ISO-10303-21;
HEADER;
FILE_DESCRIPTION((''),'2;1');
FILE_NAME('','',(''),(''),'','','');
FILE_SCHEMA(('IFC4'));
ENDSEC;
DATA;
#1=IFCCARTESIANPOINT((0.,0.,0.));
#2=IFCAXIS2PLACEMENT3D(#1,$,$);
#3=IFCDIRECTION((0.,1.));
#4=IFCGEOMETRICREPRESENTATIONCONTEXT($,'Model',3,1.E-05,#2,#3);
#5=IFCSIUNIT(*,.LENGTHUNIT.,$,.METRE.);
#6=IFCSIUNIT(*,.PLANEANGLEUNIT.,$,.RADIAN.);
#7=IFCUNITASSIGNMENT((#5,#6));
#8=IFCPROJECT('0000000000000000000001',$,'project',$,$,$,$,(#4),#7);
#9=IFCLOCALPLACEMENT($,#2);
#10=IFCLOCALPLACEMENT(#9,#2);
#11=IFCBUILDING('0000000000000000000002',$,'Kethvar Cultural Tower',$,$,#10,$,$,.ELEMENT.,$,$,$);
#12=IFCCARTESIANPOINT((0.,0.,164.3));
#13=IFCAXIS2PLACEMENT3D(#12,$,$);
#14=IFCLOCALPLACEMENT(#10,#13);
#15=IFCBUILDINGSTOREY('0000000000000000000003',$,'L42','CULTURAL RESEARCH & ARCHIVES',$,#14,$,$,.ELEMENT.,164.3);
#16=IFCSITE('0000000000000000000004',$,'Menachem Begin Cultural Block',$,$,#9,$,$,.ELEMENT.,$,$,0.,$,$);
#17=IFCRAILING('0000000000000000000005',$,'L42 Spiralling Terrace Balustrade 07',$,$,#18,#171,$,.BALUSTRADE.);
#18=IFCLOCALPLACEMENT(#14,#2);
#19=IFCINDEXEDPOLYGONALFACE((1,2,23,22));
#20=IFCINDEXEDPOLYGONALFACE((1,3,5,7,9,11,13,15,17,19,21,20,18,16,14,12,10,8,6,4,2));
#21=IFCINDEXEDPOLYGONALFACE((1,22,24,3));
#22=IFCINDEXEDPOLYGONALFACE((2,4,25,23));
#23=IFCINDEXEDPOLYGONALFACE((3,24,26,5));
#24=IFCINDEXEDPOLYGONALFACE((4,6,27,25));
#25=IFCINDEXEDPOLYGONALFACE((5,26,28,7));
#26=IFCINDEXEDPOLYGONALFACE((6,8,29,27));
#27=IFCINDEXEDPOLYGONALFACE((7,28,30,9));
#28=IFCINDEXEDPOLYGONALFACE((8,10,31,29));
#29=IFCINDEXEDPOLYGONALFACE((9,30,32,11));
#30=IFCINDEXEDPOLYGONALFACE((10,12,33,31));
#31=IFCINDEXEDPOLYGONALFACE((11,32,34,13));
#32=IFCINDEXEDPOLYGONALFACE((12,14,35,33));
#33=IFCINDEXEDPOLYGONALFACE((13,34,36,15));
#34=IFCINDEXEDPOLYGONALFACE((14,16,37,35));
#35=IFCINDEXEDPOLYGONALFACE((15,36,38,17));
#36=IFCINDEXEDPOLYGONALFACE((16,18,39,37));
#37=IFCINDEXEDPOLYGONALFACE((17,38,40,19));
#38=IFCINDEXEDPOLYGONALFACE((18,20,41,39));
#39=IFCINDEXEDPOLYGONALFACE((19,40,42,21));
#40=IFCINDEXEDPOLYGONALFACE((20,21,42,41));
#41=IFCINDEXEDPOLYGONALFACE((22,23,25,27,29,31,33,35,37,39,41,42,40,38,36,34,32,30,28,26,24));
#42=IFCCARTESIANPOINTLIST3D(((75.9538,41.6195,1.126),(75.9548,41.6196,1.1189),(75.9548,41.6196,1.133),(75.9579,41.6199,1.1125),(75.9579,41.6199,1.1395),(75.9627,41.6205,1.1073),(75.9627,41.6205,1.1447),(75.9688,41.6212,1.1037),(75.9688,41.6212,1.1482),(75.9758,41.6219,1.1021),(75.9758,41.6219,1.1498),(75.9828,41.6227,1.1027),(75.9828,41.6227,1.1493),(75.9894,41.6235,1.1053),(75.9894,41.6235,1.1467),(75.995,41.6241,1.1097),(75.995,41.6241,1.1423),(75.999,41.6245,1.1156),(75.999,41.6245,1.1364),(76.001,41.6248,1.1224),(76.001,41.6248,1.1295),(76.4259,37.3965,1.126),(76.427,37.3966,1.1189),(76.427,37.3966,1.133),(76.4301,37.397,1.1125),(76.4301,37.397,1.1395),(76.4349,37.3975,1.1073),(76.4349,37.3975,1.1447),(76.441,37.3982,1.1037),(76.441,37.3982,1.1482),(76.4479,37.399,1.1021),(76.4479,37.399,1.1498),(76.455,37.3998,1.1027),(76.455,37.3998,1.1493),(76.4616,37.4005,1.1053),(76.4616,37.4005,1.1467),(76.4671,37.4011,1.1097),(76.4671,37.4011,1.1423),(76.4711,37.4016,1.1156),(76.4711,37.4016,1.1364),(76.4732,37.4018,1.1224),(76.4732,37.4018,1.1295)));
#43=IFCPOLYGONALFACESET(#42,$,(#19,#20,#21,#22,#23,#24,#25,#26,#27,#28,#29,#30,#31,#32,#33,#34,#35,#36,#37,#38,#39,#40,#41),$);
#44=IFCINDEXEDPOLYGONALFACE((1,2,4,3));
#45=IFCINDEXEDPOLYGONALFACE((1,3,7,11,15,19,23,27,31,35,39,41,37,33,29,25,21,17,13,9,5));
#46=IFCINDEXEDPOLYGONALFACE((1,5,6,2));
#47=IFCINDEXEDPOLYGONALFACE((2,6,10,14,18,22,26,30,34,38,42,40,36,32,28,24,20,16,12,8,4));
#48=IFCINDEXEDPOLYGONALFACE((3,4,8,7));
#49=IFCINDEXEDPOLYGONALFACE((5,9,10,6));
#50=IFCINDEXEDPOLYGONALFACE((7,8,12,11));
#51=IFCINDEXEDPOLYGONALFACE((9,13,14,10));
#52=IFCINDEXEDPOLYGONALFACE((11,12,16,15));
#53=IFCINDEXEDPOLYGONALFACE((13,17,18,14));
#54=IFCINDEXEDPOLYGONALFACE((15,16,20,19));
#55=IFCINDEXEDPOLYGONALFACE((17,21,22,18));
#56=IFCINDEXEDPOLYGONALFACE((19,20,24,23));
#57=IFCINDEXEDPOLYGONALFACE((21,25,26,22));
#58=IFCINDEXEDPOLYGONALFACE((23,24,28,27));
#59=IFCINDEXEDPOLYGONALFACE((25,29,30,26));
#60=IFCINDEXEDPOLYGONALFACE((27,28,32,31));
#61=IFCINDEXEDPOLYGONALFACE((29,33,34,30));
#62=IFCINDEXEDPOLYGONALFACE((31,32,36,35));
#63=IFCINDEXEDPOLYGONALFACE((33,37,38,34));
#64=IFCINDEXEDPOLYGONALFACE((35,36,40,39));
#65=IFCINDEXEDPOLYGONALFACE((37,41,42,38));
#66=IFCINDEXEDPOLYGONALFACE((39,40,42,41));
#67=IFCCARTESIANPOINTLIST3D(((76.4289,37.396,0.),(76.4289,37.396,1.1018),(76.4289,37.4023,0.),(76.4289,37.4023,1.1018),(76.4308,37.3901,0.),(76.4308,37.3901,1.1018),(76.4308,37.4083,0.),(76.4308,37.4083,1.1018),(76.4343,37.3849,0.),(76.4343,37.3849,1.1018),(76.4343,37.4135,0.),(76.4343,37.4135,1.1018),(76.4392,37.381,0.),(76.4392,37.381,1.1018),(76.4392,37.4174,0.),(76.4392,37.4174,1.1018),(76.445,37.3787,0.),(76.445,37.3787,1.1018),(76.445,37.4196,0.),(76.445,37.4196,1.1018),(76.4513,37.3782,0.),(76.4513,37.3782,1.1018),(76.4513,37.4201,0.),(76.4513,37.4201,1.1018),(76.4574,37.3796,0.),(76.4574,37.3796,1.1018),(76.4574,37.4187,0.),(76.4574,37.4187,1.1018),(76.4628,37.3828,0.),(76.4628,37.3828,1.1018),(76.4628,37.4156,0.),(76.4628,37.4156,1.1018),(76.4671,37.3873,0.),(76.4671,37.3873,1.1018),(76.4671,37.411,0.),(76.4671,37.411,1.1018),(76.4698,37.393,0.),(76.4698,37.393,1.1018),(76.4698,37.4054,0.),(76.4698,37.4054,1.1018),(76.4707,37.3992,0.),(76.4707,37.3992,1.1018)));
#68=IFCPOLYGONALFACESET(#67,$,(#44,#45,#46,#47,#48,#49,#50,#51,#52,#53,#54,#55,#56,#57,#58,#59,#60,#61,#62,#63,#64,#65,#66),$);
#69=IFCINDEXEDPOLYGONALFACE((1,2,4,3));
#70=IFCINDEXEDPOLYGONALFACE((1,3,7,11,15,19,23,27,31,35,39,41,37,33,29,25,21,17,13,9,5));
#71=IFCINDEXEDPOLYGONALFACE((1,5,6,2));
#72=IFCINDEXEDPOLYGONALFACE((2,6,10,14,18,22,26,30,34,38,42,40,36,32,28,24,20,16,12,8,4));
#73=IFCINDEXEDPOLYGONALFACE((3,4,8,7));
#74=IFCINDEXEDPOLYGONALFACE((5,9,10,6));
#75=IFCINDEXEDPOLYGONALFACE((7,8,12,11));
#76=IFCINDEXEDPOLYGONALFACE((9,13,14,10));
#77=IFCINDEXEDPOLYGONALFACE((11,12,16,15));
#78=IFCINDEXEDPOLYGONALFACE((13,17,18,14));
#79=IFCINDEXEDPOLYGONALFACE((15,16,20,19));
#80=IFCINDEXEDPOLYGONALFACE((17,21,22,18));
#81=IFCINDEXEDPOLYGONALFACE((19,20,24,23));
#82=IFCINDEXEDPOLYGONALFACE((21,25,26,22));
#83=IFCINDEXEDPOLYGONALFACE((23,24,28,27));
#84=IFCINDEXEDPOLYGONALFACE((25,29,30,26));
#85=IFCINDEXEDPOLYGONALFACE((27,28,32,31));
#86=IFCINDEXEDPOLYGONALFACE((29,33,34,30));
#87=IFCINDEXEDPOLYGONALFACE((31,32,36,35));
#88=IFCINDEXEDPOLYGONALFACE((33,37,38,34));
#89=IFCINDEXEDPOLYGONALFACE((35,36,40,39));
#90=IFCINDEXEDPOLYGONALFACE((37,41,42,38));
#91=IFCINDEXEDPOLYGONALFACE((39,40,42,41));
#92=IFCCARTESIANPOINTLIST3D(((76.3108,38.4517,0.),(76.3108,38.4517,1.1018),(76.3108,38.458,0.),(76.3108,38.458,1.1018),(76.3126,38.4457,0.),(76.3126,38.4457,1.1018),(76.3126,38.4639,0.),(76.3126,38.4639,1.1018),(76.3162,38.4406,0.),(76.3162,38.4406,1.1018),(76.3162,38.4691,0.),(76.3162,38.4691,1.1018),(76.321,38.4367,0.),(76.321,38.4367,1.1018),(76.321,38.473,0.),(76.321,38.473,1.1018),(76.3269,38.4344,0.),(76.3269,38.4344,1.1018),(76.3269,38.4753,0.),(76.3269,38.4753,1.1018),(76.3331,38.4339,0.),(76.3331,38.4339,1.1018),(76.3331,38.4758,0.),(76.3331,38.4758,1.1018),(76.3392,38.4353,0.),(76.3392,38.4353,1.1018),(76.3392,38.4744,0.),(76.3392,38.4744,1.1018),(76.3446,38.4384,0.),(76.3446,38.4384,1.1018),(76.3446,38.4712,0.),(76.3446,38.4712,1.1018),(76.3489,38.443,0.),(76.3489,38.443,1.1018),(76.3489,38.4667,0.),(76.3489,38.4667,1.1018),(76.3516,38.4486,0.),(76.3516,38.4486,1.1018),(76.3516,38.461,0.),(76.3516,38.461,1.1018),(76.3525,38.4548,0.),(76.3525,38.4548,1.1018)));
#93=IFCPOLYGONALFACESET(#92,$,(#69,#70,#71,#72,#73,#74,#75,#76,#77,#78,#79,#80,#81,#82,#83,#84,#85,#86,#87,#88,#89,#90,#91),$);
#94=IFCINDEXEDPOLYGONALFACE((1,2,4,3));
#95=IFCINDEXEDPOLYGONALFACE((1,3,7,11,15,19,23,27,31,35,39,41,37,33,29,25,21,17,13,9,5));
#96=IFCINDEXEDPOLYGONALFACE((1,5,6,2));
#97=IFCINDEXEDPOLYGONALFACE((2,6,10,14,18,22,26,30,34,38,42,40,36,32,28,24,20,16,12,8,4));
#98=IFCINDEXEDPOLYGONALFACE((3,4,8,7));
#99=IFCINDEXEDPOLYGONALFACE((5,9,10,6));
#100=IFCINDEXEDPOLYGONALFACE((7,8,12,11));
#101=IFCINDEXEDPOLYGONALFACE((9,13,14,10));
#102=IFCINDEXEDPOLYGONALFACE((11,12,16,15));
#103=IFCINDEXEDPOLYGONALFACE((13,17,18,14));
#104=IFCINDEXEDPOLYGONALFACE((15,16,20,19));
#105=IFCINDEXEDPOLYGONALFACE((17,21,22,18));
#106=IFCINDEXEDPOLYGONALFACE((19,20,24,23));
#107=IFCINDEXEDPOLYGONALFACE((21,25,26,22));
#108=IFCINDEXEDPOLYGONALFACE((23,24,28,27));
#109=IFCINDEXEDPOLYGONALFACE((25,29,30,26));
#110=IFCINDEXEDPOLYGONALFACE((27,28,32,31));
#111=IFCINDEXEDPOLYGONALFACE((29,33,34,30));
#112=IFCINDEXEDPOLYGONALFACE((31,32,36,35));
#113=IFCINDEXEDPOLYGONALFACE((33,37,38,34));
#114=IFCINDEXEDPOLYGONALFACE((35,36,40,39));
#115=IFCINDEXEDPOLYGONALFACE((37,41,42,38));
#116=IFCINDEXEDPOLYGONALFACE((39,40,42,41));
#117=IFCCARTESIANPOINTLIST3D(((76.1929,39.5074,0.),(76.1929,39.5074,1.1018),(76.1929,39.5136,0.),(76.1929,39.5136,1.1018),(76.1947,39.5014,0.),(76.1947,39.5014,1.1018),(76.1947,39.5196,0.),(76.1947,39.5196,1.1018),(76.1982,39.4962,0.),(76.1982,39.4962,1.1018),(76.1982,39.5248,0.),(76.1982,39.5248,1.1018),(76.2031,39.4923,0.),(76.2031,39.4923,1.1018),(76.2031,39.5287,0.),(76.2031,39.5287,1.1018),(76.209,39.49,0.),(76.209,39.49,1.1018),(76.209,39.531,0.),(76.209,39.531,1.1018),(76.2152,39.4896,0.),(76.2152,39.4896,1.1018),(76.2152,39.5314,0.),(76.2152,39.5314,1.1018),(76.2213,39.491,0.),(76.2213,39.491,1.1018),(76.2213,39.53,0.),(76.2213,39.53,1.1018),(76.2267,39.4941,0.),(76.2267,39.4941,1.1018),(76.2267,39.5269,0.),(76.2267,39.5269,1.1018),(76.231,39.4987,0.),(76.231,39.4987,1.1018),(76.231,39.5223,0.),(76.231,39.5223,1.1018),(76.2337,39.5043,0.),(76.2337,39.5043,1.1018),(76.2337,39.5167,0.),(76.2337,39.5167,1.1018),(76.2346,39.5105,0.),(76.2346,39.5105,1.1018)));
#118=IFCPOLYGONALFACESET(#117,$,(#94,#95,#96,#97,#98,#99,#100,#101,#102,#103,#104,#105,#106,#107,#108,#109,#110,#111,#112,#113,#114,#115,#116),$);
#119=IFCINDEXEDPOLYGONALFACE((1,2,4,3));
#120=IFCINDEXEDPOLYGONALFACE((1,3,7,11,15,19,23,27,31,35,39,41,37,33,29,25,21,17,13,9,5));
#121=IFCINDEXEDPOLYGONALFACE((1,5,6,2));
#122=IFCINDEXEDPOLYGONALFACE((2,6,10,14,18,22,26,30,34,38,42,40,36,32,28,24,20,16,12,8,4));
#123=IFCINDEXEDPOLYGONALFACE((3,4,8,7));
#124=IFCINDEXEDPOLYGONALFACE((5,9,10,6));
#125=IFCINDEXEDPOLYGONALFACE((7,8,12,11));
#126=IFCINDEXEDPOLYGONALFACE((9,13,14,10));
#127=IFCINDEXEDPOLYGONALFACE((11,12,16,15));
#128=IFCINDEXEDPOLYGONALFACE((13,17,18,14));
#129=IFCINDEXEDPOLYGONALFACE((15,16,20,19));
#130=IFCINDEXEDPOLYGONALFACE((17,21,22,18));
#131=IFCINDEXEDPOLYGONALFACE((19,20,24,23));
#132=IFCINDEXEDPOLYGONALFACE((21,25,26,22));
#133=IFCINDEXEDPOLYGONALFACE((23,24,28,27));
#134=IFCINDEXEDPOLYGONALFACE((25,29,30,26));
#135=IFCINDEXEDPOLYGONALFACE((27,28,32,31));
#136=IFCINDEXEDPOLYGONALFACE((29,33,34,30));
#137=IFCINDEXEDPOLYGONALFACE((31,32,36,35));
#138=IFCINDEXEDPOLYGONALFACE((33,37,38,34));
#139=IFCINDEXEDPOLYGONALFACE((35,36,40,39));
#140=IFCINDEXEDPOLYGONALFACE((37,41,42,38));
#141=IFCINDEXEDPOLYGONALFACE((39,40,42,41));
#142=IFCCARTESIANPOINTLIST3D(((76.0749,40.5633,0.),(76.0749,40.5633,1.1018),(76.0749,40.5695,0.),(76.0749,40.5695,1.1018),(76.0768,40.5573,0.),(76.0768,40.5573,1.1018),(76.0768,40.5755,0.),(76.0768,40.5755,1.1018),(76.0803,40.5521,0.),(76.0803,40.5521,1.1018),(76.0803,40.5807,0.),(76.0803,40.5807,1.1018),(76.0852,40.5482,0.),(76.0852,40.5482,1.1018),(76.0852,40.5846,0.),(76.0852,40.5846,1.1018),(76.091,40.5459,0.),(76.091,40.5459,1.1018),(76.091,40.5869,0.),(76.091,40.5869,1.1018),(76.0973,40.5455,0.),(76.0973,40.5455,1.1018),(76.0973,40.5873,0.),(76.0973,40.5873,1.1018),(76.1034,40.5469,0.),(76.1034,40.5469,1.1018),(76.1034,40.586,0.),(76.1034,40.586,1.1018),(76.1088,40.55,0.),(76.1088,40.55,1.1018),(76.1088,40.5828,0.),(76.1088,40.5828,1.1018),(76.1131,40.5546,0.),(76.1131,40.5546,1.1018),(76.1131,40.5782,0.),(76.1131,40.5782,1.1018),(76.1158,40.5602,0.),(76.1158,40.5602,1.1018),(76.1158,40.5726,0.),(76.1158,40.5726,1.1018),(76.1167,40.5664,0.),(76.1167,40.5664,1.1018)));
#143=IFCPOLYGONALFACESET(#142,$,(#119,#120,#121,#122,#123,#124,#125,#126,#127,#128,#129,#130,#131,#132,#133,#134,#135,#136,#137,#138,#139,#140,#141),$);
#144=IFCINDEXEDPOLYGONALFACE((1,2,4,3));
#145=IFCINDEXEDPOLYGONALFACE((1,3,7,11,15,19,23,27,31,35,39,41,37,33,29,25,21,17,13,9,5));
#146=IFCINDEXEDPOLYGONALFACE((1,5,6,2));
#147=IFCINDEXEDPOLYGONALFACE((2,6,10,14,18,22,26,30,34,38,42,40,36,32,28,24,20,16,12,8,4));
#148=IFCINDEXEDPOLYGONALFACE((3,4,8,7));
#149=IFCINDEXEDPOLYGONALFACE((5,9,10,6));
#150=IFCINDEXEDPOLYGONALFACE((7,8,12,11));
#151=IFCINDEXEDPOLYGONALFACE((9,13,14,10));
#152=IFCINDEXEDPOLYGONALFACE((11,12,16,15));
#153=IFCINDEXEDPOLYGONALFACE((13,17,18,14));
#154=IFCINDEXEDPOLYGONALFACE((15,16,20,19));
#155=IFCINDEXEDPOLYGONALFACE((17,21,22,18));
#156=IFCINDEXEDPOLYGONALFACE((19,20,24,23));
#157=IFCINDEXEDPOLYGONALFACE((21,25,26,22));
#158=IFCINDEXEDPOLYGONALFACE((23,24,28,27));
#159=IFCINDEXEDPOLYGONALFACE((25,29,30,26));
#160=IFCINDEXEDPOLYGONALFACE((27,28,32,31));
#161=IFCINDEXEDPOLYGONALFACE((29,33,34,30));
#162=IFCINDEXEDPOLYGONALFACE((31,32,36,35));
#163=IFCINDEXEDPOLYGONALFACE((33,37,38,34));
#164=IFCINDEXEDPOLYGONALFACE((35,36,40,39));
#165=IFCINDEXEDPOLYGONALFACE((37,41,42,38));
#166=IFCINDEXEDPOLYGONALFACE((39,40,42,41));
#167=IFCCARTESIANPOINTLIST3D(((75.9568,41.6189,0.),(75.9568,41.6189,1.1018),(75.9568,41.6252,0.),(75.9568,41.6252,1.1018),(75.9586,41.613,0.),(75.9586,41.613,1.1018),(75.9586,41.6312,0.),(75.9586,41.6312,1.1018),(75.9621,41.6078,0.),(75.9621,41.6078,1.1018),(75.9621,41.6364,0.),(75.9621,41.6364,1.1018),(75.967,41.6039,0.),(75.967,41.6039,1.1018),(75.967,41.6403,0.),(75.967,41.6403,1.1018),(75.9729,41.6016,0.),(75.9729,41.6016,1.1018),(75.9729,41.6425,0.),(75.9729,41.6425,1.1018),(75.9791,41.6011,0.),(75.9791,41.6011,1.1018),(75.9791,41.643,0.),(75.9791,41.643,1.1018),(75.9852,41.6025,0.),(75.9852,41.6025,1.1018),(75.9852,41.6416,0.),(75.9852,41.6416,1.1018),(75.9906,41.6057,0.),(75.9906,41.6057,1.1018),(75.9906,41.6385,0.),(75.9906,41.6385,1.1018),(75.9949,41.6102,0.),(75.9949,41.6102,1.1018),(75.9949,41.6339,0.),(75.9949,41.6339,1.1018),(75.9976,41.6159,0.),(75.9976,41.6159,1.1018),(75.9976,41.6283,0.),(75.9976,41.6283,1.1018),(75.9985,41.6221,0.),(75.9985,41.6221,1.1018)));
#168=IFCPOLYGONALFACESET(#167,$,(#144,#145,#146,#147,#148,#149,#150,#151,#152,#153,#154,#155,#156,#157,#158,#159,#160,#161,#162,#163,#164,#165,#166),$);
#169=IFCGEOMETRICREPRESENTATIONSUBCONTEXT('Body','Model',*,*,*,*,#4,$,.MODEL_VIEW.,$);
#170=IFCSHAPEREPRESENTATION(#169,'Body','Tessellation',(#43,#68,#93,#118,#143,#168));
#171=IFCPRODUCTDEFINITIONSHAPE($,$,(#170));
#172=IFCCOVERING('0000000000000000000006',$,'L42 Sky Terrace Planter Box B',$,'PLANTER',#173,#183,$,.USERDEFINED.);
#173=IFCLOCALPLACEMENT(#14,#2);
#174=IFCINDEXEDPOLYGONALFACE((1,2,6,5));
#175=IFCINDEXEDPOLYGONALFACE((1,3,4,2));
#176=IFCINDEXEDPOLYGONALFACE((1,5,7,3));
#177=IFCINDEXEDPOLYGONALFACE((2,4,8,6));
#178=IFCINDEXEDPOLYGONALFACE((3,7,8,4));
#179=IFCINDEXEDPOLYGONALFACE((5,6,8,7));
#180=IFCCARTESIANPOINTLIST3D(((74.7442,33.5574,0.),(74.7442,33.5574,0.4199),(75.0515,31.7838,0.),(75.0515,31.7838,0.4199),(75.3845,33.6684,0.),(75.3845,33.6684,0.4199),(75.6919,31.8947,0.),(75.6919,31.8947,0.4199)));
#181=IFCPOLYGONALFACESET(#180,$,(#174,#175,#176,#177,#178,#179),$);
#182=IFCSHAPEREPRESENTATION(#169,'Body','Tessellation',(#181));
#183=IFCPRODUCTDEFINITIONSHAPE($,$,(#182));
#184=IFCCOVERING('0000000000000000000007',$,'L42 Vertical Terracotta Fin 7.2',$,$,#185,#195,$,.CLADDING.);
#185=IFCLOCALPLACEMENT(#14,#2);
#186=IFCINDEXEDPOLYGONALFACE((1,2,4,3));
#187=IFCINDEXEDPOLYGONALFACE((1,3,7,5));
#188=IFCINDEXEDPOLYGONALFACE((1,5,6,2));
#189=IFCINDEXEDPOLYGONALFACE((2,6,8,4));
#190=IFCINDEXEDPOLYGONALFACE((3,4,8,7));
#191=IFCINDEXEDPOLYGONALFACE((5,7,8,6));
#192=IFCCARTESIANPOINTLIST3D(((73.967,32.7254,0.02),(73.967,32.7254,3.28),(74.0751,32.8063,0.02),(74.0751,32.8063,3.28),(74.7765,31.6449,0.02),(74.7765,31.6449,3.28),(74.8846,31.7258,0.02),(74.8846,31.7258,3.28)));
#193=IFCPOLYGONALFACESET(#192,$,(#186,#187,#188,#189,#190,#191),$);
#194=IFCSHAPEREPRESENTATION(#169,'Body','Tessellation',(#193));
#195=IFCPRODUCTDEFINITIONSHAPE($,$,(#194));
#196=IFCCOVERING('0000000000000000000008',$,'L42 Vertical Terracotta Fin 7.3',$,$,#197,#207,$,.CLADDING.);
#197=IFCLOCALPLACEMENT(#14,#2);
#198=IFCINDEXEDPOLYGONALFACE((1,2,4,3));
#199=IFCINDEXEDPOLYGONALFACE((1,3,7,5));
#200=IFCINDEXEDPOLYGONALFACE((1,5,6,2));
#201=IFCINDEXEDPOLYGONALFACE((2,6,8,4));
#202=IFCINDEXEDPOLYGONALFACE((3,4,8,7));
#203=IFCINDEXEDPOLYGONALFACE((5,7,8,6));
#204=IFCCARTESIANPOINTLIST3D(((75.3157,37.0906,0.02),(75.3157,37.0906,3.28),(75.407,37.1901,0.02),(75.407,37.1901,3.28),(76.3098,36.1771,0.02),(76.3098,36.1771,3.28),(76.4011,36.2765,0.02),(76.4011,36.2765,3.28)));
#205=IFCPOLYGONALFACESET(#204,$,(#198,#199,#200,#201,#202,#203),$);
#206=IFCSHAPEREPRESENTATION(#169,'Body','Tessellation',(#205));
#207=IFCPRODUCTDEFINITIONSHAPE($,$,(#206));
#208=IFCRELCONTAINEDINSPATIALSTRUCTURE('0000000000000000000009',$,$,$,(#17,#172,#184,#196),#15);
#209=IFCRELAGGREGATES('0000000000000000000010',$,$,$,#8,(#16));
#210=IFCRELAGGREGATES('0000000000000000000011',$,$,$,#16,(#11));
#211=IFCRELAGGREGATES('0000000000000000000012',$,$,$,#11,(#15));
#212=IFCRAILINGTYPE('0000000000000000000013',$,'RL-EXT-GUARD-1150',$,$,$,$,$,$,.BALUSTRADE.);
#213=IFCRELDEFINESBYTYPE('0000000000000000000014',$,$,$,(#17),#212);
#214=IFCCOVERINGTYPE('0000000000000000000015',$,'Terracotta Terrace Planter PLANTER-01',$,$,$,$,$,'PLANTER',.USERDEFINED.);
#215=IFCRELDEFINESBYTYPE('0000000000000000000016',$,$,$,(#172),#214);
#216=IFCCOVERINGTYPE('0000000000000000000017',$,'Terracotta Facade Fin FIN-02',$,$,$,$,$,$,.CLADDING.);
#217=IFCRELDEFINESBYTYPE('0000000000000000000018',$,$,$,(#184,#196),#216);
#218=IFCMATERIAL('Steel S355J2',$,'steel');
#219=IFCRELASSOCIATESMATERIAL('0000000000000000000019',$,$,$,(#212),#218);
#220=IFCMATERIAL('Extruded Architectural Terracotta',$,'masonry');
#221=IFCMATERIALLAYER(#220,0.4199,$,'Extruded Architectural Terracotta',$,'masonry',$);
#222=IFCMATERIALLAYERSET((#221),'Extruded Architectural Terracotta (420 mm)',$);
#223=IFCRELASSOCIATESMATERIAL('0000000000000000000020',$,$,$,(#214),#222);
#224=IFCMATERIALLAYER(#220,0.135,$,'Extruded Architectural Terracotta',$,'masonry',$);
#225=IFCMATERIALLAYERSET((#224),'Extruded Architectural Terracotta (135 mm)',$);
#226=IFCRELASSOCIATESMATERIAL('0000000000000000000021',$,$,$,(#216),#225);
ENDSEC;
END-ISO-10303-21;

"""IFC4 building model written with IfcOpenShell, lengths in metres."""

from ifc_helpers import new_model, si_unit, direction, frame, origin, origin_2d, place, context, subcontext, project, spatial, rectangle, circle, extrude, source, transform, mapped, material, layer, layer_set, type_object, element, save


model = new_model("IFC4")

# Units and contexts
model_context = context("Model", 3, precision=1e-05, world=origin(), true_north=direction((0.0, 1.0)))
body_context = subcontext(model_context, "Body", "Model", "MODEL_VIEW")
ifc_project = project(units=[si_unit("LENGTHUNIT", "METRE"), si_unit("PLANEANGLEUNIT", "RADIAN")], contexts=[model_context])

# Site, building, storey
site_placement = place(None, origin())
site = spatial("IfcSite", under=ifc_project, at=site_placement, Name="Menachem Begin Cultural Block", CompositionType="ELEMENT", RefElevation=0.0)
building_placement = place(site_placement, origin())
building = spatial("IfcBuilding", under=site, at=building_placement, Name="Kethvar Cultural Tower", CompositionType="ELEMENT")
storey_placement = place(building_placement, frame((0.0, 0.0, 164.3)))
storey = spatial("IfcBuildingStorey", under=building, at=storey_placement, Name="L42", Description="CULTURAL RESEARCH & ARCHIVES", CompositionType="ELEMENT", Elevation=164.3)

# Shared definitions
ifc_material_1 = material(Name="Steel S355J2", Category="steel")

# Railing
railing_type = type_object("IfcRailingType", Name="RL-EXT-GUARD-1150", PredefinedType="BALUSTRADE", material=ifc_material_1)
railing_1_placement = place(storey_placement, frame((76.4497, 37.3992, 0.0)))
element("IfcRailing", 1, at=railing_1_placement, inside=storey, type_object=railing_type, Name="L42 Spiralling Terrace Balustrade 07", PredefinedType="BALUSTRADE", context=body_context, shape_type="SweptSolid", body=[
    extrude(circle(Radius=0.0239, at=origin_2d()), frame((0.0, 0.0, 1.126), z_axis=(-0.111119, 0.993807, 0.0), x_axis=(-0.993807, -0.111119, 0.0)), (0.0, 0.0, 1.0), 4.2493),
    extrude(circle(Radius=0.021, at=origin_2d()), origin(), (0.0, 0.0, 1.0), 1.1018),
    extrude(circle(Radius=0.021, at=origin_2d()), frame((-0.1182, 1.0557, 0.0)), (0.0, 0.0, 1.0), 1.1018),
    extrude(circle(Radius=0.021, at=origin_2d()), frame((-0.2361, 2.1113, 0.0)), (0.0, 0.0, 1.0), 1.1018),
    extrude(circle(Radius=0.021, at=origin_2d()), frame((-0.354, 3.1672, 0.0)), (0.0, 0.0, 1.0), 1.1018),
    extrude(circle(Radius=0.021, at=origin_2d()), frame((-0.4722, 4.2229, 0.0)), (0.0, 0.0, 1.0), 1.1018),
])

# Coverings
ifc_material_2 = material(Name="Extruded Architectural Terracotta", Category="masonry")
ifc_layer_1 = layer(ifc_material_2, 0.4199, Name="Extruded Architectural Terracotta", Category="masonry")
ifc_layer_set_1 = layer_set([ifc_layer_1], Name="Extruded Architectural Terracotta (420 mm)")
covering_type_1 = type_object("IfcCoveringType", Name="Terracotta Terrace Planter PLANTER-01", ElementType="PLANTER", PredefinedType="USERDEFINED", material=ifc_layer_set_1)
shared_shape_1 = source(origin(), body_context, "Body", "SweptSolid", [
    extrude(rectangle(XDim=1.8, YDim=0.6499, at=origin_2d()), origin(), (0.0, 0.0, 1.0), 0.4199),
])
covering_placement = place(storey_placement, frame((75.218, 32.7261, 0.0), z_axis=(0.0, 0.0, 1.0), x_axis=(-0.170725, 0.985319, 0.0)))
element("IfcCovering", 2, at=covering_placement, inside=storey, type_object=covering_type_1, Name="L42 Sky Terrace Planter Box B", ObjectType="PLANTER", PredefinedType="USERDEFINED", context=body_context, shape_type="MappedRepresentation", body=[
    mapped(shared_shape_1, transform((0.0, 0.0, 0.0), scale=1.0)),
])
ifc_layer_2 = layer(ifc_material_2, 0.135, Name="Extruded Architectural Terracotta", Category="masonry")
ifc_layer_set_2 = layer_set([ifc_layer_2], Name="Extruded Architectural Terracotta (135 mm)")
covering_type_2 = type_object("IfcCoveringType", Name="Terracotta Facade Fin FIN-02", PredefinedType="CLADDING", material=ifc_layer_set_2)
shared_shape_2 = source(origin(), body_context, "Body", "SweptSolid", [
    extrude(rectangle(XDim=1.3501, YDim=0.135, at=origin_2d()), origin(), (0.0, 0.0, 1.0), 3.26),
])
for number, where, z_axis, x_axis, name in (
    (3, (74.4258, 32.2256, 0.02), (0.0, 0.0, 1.0), (0.599582, -0.800313, 0.0), "L42 Vertical Terracotta Fin 7.2"),
    (4, (75.8584, 36.6836, 0.02), (0.0, 0.0, 1.0), (0.736333, -0.676619, 0.0), "L42 Vertical Terracotta Fin 7.3"),
):
    element("IfcCovering", number, at=place(storey_placement, frame(where, z_axis=z_axis, x_axis=x_axis)), inside=storey, type_object=covering_type_2, Name=name, PredefinedType="CLADDING", context=body_context, shape_type="MappedRepresentation", body=[
        mapped(shared_shape_2, transform((0.0, 0.0, 0.0), scale=1.0)),
    ])

save(model, "model.ifc")
